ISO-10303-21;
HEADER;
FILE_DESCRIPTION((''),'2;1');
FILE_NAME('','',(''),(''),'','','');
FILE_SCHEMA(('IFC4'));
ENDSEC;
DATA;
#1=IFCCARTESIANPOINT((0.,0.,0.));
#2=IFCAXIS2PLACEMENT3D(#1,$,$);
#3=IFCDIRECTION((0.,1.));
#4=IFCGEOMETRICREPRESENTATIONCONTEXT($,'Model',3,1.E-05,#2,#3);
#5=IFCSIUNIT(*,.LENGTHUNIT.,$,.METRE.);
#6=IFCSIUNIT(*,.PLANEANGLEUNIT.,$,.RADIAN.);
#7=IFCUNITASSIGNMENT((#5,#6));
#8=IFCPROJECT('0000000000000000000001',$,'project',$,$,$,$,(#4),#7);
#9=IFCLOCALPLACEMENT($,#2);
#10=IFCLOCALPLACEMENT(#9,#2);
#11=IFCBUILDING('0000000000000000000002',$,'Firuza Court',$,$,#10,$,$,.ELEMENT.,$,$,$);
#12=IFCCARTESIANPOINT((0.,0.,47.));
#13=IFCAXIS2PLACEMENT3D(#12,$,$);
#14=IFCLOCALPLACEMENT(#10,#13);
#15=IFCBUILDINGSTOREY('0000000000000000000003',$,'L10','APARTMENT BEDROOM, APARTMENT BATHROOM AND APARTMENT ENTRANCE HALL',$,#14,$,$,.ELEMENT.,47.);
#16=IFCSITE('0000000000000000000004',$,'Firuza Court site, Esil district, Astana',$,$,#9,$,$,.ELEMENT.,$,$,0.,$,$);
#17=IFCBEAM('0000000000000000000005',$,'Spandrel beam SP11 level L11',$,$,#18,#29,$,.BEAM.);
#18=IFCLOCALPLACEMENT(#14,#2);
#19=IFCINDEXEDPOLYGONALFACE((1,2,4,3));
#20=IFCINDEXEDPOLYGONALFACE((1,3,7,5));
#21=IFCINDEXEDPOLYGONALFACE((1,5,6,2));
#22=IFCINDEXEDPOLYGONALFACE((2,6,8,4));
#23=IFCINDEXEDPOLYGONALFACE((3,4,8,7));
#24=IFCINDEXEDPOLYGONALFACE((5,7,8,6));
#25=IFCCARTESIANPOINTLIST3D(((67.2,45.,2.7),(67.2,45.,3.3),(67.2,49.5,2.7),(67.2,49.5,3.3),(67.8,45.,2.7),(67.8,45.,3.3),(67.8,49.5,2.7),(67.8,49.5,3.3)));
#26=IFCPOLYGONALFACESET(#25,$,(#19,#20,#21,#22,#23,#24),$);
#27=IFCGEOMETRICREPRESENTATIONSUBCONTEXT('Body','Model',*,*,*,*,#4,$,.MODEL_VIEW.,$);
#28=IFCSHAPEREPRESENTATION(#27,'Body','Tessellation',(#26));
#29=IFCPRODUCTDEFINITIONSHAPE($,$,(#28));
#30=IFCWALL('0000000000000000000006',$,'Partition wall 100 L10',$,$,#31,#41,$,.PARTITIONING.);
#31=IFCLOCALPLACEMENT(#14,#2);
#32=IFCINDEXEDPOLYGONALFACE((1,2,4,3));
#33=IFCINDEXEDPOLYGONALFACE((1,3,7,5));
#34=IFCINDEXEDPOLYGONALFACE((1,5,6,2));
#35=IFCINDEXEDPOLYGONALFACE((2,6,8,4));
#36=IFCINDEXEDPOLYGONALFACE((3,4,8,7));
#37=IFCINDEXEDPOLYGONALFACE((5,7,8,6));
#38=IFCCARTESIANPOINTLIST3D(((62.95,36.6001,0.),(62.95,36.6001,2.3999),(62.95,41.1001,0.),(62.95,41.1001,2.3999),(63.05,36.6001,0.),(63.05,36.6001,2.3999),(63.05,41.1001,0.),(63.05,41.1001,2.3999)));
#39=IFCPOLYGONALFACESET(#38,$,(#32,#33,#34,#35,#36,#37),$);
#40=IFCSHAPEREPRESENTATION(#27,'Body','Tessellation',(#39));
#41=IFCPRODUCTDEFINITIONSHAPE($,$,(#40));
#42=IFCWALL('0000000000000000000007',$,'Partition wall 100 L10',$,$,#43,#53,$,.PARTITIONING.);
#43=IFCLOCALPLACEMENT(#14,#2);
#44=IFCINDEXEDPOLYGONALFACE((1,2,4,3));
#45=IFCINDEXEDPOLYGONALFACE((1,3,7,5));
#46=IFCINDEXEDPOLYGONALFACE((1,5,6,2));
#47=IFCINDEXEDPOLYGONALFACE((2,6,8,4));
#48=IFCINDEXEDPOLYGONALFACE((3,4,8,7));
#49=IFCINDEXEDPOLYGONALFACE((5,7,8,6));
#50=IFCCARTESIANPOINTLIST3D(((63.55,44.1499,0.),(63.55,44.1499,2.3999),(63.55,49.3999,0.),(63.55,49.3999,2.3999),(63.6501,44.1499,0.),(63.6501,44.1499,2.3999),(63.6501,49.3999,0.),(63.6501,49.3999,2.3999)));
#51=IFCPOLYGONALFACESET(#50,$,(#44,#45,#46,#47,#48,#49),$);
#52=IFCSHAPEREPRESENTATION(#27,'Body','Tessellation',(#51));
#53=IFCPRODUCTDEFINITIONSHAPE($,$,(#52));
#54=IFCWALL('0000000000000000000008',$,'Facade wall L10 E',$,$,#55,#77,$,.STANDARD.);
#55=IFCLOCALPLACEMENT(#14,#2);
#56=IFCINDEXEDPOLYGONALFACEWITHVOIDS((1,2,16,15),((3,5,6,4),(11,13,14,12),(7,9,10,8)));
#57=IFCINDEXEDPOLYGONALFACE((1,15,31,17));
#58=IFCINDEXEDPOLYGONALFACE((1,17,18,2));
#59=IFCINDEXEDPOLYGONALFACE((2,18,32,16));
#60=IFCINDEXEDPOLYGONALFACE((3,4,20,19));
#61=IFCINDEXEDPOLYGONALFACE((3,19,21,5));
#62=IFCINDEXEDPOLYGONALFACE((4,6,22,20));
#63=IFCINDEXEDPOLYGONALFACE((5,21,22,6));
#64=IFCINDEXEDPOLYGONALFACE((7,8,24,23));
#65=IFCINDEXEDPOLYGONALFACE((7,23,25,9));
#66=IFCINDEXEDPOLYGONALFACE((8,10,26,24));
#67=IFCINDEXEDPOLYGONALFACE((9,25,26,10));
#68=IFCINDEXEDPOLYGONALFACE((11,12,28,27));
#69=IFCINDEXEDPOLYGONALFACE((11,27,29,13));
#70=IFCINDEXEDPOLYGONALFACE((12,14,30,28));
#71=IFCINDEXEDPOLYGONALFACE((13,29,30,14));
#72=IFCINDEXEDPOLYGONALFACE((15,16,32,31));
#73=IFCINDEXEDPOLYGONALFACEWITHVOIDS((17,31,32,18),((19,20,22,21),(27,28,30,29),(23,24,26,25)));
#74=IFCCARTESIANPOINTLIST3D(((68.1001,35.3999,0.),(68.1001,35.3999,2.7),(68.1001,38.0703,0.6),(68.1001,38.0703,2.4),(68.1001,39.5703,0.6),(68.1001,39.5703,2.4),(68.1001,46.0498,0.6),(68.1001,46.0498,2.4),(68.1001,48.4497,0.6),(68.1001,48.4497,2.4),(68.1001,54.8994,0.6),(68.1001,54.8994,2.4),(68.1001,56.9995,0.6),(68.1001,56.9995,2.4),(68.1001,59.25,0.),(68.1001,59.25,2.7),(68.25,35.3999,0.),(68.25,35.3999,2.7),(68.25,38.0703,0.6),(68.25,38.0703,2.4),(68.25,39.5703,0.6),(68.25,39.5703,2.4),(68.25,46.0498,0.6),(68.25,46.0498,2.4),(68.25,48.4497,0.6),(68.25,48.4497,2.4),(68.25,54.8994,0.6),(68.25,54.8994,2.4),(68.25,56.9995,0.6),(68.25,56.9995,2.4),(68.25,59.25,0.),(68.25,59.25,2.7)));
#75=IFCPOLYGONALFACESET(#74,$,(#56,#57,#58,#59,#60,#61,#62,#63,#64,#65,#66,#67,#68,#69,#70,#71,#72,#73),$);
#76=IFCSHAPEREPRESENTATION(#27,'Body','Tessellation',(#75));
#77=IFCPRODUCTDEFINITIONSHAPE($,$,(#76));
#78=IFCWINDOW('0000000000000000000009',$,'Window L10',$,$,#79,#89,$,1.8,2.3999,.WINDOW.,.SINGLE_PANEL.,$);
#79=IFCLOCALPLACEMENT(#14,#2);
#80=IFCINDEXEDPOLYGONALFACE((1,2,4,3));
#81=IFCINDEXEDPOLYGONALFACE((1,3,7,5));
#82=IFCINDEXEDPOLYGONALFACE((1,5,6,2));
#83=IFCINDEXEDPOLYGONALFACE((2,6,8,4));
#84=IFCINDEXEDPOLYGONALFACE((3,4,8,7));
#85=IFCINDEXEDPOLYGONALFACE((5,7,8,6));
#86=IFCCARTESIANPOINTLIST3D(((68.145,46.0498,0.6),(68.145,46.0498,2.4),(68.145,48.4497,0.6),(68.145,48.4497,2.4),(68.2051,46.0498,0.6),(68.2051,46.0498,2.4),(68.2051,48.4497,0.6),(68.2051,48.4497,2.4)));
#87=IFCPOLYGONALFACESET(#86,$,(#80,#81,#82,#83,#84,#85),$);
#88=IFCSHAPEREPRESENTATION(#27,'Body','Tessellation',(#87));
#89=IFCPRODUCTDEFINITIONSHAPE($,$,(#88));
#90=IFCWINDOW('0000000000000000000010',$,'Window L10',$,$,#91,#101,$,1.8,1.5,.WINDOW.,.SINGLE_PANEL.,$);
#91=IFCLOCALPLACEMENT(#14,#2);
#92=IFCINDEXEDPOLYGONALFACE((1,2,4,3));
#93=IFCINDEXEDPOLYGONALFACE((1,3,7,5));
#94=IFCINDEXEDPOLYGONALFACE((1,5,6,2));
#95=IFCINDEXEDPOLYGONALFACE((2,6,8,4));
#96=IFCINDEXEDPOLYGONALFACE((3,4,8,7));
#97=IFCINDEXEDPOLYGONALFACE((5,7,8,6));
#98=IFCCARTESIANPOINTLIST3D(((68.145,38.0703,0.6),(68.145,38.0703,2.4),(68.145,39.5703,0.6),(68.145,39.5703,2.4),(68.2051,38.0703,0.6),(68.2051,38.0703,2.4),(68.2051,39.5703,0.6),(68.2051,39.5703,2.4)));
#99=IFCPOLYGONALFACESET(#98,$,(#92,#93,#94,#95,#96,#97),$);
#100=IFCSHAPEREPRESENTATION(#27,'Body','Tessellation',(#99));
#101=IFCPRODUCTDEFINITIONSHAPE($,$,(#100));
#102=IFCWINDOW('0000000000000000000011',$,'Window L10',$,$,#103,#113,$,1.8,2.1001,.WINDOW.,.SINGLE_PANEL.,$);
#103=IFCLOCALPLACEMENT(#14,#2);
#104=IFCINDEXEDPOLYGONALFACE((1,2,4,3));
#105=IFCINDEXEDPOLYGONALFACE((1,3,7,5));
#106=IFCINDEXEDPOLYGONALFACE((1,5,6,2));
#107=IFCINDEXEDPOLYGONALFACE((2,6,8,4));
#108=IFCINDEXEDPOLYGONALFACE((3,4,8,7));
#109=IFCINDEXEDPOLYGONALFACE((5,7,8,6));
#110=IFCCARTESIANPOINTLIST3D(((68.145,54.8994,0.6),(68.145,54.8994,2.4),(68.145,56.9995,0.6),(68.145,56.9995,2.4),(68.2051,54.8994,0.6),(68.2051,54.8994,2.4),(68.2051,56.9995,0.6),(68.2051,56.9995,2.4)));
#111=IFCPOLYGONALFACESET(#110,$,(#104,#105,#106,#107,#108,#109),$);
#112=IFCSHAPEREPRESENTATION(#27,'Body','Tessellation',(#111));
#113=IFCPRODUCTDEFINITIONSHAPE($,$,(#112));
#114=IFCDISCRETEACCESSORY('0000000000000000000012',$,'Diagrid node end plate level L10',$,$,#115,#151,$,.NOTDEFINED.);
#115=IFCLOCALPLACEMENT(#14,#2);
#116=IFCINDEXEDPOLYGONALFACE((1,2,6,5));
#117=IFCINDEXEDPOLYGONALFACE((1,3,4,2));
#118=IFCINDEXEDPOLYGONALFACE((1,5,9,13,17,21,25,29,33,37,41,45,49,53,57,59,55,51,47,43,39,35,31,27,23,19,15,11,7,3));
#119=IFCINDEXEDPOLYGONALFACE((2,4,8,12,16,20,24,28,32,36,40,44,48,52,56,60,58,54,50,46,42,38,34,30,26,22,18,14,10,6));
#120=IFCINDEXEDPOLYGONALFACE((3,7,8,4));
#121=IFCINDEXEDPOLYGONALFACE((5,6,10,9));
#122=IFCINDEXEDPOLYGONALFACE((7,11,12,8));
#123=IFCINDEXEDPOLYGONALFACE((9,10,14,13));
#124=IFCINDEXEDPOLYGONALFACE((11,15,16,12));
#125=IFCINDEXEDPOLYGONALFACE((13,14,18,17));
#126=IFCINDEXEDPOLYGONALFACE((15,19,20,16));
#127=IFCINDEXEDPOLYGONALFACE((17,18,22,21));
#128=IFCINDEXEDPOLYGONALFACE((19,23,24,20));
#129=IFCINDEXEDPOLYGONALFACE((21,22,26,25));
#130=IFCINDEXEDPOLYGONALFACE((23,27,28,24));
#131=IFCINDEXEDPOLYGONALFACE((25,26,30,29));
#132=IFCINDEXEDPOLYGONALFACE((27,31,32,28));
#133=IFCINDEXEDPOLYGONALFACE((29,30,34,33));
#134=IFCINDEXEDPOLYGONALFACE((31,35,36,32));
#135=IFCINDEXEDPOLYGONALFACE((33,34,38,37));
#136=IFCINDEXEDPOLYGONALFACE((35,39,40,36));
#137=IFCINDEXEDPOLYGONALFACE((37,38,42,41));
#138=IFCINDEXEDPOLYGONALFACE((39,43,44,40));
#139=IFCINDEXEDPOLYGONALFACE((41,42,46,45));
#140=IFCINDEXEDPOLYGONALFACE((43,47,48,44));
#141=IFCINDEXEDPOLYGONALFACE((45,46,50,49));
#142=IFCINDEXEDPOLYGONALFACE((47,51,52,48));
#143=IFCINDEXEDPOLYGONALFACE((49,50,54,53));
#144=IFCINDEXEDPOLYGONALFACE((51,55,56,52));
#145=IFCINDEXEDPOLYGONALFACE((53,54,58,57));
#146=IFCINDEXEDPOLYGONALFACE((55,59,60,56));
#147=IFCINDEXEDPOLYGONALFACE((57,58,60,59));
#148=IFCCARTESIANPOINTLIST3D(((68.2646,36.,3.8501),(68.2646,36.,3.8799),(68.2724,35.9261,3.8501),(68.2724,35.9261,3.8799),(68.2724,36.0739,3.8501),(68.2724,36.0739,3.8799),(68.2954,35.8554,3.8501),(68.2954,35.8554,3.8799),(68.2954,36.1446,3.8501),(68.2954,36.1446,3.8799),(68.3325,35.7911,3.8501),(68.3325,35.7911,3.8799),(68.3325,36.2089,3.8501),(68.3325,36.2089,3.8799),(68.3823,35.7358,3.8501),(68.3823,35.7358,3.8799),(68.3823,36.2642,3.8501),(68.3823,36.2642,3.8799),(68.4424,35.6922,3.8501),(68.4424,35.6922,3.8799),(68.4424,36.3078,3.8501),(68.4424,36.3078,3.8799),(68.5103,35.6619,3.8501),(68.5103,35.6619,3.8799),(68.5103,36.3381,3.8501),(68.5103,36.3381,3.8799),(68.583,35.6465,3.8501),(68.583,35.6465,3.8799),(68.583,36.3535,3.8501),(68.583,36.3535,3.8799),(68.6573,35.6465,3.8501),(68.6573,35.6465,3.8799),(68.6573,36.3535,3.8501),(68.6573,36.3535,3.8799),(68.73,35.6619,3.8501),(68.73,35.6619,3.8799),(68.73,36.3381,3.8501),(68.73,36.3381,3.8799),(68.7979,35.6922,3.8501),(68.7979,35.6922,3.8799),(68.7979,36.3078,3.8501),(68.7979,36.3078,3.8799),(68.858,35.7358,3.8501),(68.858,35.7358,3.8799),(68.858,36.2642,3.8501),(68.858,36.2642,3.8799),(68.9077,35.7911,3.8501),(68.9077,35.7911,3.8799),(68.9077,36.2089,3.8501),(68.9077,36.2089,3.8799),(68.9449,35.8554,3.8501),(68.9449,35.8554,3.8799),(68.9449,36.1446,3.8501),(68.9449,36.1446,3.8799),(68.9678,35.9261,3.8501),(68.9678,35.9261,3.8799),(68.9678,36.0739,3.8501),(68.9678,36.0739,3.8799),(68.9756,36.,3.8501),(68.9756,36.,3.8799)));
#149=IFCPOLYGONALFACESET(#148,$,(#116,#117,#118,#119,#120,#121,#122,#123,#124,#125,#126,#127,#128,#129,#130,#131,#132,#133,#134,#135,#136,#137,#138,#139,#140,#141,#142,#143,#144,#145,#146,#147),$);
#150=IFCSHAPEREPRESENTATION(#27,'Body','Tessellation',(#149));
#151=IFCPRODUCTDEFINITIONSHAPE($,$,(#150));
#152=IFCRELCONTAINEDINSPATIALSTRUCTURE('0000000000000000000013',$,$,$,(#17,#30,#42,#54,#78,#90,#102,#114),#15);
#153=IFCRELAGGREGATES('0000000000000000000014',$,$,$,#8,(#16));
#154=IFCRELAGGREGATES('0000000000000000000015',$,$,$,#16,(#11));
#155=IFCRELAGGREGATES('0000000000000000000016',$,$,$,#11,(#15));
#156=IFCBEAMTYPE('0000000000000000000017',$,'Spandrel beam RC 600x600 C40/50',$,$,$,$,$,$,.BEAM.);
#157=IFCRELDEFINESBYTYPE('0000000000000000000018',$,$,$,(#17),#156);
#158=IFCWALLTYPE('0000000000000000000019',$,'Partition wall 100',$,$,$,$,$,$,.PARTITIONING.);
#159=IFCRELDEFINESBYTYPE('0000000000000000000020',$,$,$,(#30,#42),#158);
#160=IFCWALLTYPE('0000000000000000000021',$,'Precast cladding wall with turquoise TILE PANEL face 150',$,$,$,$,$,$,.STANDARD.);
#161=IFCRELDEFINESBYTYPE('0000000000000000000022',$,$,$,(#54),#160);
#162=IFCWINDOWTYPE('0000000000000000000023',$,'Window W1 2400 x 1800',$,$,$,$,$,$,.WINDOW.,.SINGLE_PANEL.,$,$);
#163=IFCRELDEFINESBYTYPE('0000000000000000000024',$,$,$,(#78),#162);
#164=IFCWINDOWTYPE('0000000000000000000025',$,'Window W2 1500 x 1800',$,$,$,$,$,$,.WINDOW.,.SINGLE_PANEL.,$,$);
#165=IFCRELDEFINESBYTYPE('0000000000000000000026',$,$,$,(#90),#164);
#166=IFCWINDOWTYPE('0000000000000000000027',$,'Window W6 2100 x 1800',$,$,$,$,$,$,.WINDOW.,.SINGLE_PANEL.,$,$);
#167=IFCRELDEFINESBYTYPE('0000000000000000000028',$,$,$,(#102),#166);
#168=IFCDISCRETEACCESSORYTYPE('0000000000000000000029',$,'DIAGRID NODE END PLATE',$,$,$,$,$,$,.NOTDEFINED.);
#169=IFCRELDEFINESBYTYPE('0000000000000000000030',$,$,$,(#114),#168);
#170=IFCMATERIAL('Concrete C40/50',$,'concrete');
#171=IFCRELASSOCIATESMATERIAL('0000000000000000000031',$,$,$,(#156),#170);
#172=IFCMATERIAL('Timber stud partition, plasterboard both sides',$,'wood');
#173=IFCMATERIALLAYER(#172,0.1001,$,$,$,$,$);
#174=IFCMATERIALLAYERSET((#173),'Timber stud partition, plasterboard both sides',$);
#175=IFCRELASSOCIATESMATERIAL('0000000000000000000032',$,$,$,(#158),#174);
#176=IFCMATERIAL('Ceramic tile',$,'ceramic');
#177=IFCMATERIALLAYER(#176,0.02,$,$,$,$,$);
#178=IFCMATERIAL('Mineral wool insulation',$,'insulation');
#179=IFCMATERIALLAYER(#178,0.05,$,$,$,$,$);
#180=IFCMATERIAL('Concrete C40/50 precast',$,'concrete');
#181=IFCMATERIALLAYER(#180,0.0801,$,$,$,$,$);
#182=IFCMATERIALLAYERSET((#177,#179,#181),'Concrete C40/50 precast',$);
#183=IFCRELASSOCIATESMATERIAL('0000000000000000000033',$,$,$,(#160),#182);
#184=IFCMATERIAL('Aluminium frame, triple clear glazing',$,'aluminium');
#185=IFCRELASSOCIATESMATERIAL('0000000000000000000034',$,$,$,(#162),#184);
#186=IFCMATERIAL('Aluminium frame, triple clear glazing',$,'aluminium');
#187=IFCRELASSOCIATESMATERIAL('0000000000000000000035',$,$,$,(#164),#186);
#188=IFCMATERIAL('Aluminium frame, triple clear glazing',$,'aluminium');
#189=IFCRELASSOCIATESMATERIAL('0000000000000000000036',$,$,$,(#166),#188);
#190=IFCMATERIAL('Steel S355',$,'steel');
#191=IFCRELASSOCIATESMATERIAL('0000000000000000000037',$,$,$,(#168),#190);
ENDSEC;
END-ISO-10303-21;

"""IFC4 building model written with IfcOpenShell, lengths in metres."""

from ifc_helpers import new_model, si_unit, direction, frame, frame_2d, origin, origin_2d, place, context, subcontext, project, spatial, rectangle, circle, extrude, material, layer, layer_set, material_profile, profile_set, type_object, element, fill, save


model = new_model("IFC4")

# Units and contexts
model_context = context("Model", 3, precision=1e-05, world=origin(), true_north=direction((0.0, 1.0)))
body_context = subcontext(model_context, "Body", "Model", "MODEL_VIEW")
ifc_project = project(units=[si_unit("LENGTHUNIT", "METRE"), si_unit("PLANEANGLEUNIT", "RADIAN")], contexts=[model_context])

# Site, building, storey
site_placement = place(None, origin())
site = spatial("IfcSite", under=ifc_project, at=site_placement, Name="Firuza Court site, Esil district, Astana", CompositionType="ELEMENT", RefElevation=0.0)
building_placement = place(site_placement, origin())
building = spatial("IfcBuilding", under=site, at=building_placement, Name="Firuza Court", CompositionType="ELEMENT")
storey_placement = place(building_placement, frame((0.0, 0.0, 47.0)))
storey = spatial("IfcBuildingStorey", under=building, at=storey_placement, Name="L10", Description="APARTMENT BEDROOM, APARTMENT BATHROOM AND APARTMENT ENTRANCE HALL", CompositionType="ELEMENT", Elevation=47.0)

# Beam
ifc_material_1 = material(Name="Concrete C40/50", Category="concrete")
ifc_material_profile_1 = material_profile(ifc_material_1, rectangle(XDim=0.6001, YDim=0.6001, at=origin_2d()), Name="RC 600x600")
ifc_profile_set_1 = profile_set([ifc_material_profile_1], Name="Concrete C40/50")
beam_type = type_object("IfcBeamType", Name="Spandrel beam RC 600x600 C40/50", PredefinedType="BEAM", material=ifc_profile_set_1)
for number, where, z_axis, x_axis, name in (
    (1, (67.5, 45.0, 3.0), (0.0, 1.0, 0.0), (-1.0, 0.0, 0.0), "Spandrel beam SP11 level L11"),
):
    element("IfcBeam", number, at=place(storey_placement, frame(where, z_axis=z_axis, x_axis=x_axis)), inside=storey, type_object=beam_type, Name=name, PredefinedType="BEAM", context=body_context, shape_type="SweptSolid", body=[
        extrude(rectangle(XDim=0.6001, YDim=0.6001, at=origin_2d()), origin(), (0.0, 0.0, 1.0), 4.5),
    ])

# Walls
ifc_material_2 = material(Name="Timber stud partition, plasterboard both sides", Category="wood")
ifc_layer_1 = layer(ifc_material_2, 0.1001)
ifc_layer_set_1 = layer_set([ifc_layer_1], Name="Timber stud partition, plasterboard both sides")
wall_type_1 = type_object("IfcWallType", Name="Partition wall 100", PredefinedType="PARTITIONING", material=ifc_layer_set_1)
wall_1_placement = place(storey_placement, frame((63.0, 36.6001, 0.0), z_axis=(0.0, 0.0, 1.0), x_axis=(0.0, 1.0, 0.0)))
element("IfcWall", 2, at=wall_1_placement, inside=storey, type_object=wall_type_1, Name="Partition wall 100 L10", PredefinedType="PARTITIONING", context=body_context, shape_type="SweptSolid", body=[
    extrude(rectangle(XDim=4.5, YDim=0.1001, at=frame_2d((2.25, 0.0))), origin(), (0.0, 0.0, 1.0), 2.3999),
])
wall_2_placement = place(storey_placement, frame((63.6001, 44.1499, 0.0), z_axis=(0.0, 0.0, 1.0), x_axis=(0.0, 1.0, 0.0)))
element("IfcWall", 3, at=wall_2_placement, inside=storey, type_object=wall_type_1, Name="Partition wall 100 L10", PredefinedType="PARTITIONING", context=body_context, shape_type="SweptSolid", body=[
    extrude(rectangle(XDim=5.25, YDim=0.1001, at=frame_2d((2.625, 0.0))), origin(), (0.0, 0.0, 1.0), 2.3999),
])

# Wall, openings, windows
ifc_material_3 = material(Name="Ceramic tile", Category="ceramic")
ifc_layer_2 = layer(ifc_material_3, 0.02)
ifc_material_4 = material(Name="Mineral wool insulation", Category="insulation")
ifc_layer_3 = layer(ifc_material_4, 0.05)
ifc_material_5 = material(Name="Concrete C40/50 precast", Category="concrete")
ifc_layer_4 = layer(ifc_material_5, 0.0801)
ifc_layer_set_2 = layer_set([ifc_layer_2, ifc_layer_3, ifc_layer_4], Name="Concrete C40/50 precast")
wall_type_2 = type_object("IfcWallType", Name="Precast cladding wall with turquoise TILE PANEL face 150", PredefinedType="STANDARD", material=ifc_layer_set_2)
wall_3_placement = place(storey_placement, frame((68.175, 35.3999, 0.0), z_axis=(0.0, 0.0, 1.0), x_axis=(0.0, 1.0, 0.0)))
wall_3 = element("IfcWall", 4, at=wall_3_placement, inside=storey, type_object=wall_type_2, Name="Facade wall L10 E", PredefinedType="STANDARD", context=body_context, shape_type="SweptSolid", body=[
    extrude(rectangle(XDim=23.8501, YDim=0.1499, at=frame_2d((11.925, 0.0))), origin(), (0.0, 0.0, 1.0), 2.7),
])
opening_1_placement = place(wall_3_placement, frame((2.6704, 0.0, 0.6001)))
opening_1 = element("IfcOpeningElement", 5, at=opening_1_placement, cuts=wall_3, PredefinedType="OPENING", context=body_context, shape_type="SweptSolid", body=[
    extrude(rectangle(XDim=1.5, YDim=1.8, at=frame_2d((0.75, 0.8999))), frame((0.0, 0.0869, 0.0), z_axis=(0.0, -1.0, 0.0), x_axis=(1.0, 0.0, 0.0)), (0.0, 0.0, 1.0), 0.1738),
])
opening_2_placement = place(wall_3_placement, frame((10.6499, 0.0, 0.6001)))
opening_2 = element("IfcOpeningElement", 6, at=opening_2_placement, cuts=wall_3, PredefinedType="OPENING", context=body_context, shape_type="SweptSolid", body=[
    extrude(rectangle(XDim=2.3999, YDim=1.8, at=frame_2d((1.2, 0.8999))), frame((0.0, 0.0869, 0.0), z_axis=(0.0, -1.0, 0.0), x_axis=(1.0, 0.0, 0.0)), (0.0, 0.0, 1.0), 0.1738),
])
opening_3_placement = place(wall_3_placement, frame((19.4995, 0.0, 0.6001)))
opening_3 = element("IfcOpeningElement", 7, at=opening_3_placement, cuts=wall_3, PredefinedType="OPENING", context=body_context, shape_type="SweptSolid", body=[
    extrude(rectangle(XDim=2.1001, YDim=1.8, at=frame_2d((1.05, 0.8999))), frame((0.0, 0.0869, 0.0), z_axis=(0.0, -1.0, 0.0), x_axis=(1.0, 0.0, 0.0)), (0.0, 0.0, 1.0), 0.1738),
])
ifc_material_6 = material(Name="Aluminium frame, triple clear glazing", Category="aluminium")
window_type_1 = type_object("IfcWindowType", Name="Window W1 2400 x 1800", PartitioningType="SINGLE_PANEL", PredefinedType="WINDOW", material=ifc_material_6)
window_1_placement = place(opening_2_placement, origin())
window_1 = element("IfcWindow", 8, at=window_1_placement, inside=storey, type_object=window_type_1, Name="Window L10", OverallHeight=1.8, OverallWidth=2.3999, PartitioningType="SINGLE_PANEL", PredefinedType="WINDOW", context=body_context, shape_type="SweptSolid", body=[
    extrude(rectangle(XDim=2.3999, YDim=1.8, at=frame_2d((1.2, 0.8999))), frame((0.0, 0.03, 0.0), z_axis=(0.0, -1.0, 0.0), x_axis=(1.0, 0.0, 0.0)), (0.0, 0.0, 1.0), 0.0601),
])
fill(opening_2, window_1)
ifc_material_7 = material(Name="Aluminium frame, triple clear glazing", Category="aluminium")
window_type_2 = type_object("IfcWindowType", Name="Window W2 1500 x 1800", PartitioningType="SINGLE_PANEL", PredefinedType="WINDOW", material=ifc_material_7)
window_2_placement = place(opening_1_placement, origin())
window_2 = element("IfcWindow", 9, at=window_2_placement, inside=storey, type_object=window_type_2, Name="Window L10", OverallHeight=1.8, OverallWidth=1.5, PartitioningType="SINGLE_PANEL", PredefinedType="WINDOW", context=body_context, shape_type="SweptSolid", body=[
    extrude(rectangle(XDim=1.5, YDim=1.8, at=frame_2d((0.75, 0.8999))), frame((0.0, 0.03, 0.0), z_axis=(0.0, -1.0, 0.0), x_axis=(1.0, 0.0, 0.0)), (0.0, 0.0, 1.0), 0.0601),
])
fill(opening_1, window_2)
ifc_material_8 = material(Name="Aluminium frame, triple clear glazing", Category="aluminium")
window_type_3 = type_object("IfcWindowType", Name="Window W6 2100 x 1800", PartitioningType="SINGLE_PANEL", PredefinedType="WINDOW", material=ifc_material_8)
window_3_placement = place(opening_3_placement, origin())
window_3 = element("IfcWindow", 10, at=window_3_placement, inside=storey, type_object=window_type_3, Name="Window L10", OverallHeight=1.8, OverallWidth=2.1001, PartitioningType="SINGLE_PANEL", PredefinedType="WINDOW", context=body_context, shape_type="SweptSolid", body=[
    extrude(rectangle(XDim=2.1001, YDim=1.8, at=frame_2d((1.05, 0.8999))), frame((0.0, 0.03, 0.0), z_axis=(0.0, -1.0, 0.0), x_axis=(1.0, 0.0, 0.0)), (0.0, 0.0, 1.0), 0.0601),
])
fill(opening_3, window_3)

# Discrete accessory
ifc_material_9 = material(Name="Steel S355", Category="steel")
ifc_material_profile_2 = material_profile(ifc_material_9, circle(Radius=0.3555, at=origin_2d()), Name="PL D711")
ifc_profile_set_2 = profile_set([ifc_material_profile_2], Name="Steel S355")
discrete_accessory_type = type_object("IfcDiscreteAccessoryType", Name="DIAGRID NODE END PLATE", PredefinedType="NOTDEFINED", material=ifc_profile_set_2)
discrete_accessory_1_placement = place(storey_placement, frame((68.6201, 36.0, 3.8501), z_axis=(0.0, 0.0, 1.0), x_axis=(1.0, 0.0, 0.0)))
element("IfcDiscreteAccessory", 11, at=discrete_accessory_1_placement, inside=storey, type_object=discrete_accessory_type, Name="Diagrid node end plate level L10", PredefinedType="NOTDEFINED", context=body_context, shape_type="SweptSolid", body=[
    extrude(circle(Radius=0.3555, at=origin_2d()), origin(), (0.0, 0.0, 1.0), 0.0298),
])

save(model, "model.ifc")
